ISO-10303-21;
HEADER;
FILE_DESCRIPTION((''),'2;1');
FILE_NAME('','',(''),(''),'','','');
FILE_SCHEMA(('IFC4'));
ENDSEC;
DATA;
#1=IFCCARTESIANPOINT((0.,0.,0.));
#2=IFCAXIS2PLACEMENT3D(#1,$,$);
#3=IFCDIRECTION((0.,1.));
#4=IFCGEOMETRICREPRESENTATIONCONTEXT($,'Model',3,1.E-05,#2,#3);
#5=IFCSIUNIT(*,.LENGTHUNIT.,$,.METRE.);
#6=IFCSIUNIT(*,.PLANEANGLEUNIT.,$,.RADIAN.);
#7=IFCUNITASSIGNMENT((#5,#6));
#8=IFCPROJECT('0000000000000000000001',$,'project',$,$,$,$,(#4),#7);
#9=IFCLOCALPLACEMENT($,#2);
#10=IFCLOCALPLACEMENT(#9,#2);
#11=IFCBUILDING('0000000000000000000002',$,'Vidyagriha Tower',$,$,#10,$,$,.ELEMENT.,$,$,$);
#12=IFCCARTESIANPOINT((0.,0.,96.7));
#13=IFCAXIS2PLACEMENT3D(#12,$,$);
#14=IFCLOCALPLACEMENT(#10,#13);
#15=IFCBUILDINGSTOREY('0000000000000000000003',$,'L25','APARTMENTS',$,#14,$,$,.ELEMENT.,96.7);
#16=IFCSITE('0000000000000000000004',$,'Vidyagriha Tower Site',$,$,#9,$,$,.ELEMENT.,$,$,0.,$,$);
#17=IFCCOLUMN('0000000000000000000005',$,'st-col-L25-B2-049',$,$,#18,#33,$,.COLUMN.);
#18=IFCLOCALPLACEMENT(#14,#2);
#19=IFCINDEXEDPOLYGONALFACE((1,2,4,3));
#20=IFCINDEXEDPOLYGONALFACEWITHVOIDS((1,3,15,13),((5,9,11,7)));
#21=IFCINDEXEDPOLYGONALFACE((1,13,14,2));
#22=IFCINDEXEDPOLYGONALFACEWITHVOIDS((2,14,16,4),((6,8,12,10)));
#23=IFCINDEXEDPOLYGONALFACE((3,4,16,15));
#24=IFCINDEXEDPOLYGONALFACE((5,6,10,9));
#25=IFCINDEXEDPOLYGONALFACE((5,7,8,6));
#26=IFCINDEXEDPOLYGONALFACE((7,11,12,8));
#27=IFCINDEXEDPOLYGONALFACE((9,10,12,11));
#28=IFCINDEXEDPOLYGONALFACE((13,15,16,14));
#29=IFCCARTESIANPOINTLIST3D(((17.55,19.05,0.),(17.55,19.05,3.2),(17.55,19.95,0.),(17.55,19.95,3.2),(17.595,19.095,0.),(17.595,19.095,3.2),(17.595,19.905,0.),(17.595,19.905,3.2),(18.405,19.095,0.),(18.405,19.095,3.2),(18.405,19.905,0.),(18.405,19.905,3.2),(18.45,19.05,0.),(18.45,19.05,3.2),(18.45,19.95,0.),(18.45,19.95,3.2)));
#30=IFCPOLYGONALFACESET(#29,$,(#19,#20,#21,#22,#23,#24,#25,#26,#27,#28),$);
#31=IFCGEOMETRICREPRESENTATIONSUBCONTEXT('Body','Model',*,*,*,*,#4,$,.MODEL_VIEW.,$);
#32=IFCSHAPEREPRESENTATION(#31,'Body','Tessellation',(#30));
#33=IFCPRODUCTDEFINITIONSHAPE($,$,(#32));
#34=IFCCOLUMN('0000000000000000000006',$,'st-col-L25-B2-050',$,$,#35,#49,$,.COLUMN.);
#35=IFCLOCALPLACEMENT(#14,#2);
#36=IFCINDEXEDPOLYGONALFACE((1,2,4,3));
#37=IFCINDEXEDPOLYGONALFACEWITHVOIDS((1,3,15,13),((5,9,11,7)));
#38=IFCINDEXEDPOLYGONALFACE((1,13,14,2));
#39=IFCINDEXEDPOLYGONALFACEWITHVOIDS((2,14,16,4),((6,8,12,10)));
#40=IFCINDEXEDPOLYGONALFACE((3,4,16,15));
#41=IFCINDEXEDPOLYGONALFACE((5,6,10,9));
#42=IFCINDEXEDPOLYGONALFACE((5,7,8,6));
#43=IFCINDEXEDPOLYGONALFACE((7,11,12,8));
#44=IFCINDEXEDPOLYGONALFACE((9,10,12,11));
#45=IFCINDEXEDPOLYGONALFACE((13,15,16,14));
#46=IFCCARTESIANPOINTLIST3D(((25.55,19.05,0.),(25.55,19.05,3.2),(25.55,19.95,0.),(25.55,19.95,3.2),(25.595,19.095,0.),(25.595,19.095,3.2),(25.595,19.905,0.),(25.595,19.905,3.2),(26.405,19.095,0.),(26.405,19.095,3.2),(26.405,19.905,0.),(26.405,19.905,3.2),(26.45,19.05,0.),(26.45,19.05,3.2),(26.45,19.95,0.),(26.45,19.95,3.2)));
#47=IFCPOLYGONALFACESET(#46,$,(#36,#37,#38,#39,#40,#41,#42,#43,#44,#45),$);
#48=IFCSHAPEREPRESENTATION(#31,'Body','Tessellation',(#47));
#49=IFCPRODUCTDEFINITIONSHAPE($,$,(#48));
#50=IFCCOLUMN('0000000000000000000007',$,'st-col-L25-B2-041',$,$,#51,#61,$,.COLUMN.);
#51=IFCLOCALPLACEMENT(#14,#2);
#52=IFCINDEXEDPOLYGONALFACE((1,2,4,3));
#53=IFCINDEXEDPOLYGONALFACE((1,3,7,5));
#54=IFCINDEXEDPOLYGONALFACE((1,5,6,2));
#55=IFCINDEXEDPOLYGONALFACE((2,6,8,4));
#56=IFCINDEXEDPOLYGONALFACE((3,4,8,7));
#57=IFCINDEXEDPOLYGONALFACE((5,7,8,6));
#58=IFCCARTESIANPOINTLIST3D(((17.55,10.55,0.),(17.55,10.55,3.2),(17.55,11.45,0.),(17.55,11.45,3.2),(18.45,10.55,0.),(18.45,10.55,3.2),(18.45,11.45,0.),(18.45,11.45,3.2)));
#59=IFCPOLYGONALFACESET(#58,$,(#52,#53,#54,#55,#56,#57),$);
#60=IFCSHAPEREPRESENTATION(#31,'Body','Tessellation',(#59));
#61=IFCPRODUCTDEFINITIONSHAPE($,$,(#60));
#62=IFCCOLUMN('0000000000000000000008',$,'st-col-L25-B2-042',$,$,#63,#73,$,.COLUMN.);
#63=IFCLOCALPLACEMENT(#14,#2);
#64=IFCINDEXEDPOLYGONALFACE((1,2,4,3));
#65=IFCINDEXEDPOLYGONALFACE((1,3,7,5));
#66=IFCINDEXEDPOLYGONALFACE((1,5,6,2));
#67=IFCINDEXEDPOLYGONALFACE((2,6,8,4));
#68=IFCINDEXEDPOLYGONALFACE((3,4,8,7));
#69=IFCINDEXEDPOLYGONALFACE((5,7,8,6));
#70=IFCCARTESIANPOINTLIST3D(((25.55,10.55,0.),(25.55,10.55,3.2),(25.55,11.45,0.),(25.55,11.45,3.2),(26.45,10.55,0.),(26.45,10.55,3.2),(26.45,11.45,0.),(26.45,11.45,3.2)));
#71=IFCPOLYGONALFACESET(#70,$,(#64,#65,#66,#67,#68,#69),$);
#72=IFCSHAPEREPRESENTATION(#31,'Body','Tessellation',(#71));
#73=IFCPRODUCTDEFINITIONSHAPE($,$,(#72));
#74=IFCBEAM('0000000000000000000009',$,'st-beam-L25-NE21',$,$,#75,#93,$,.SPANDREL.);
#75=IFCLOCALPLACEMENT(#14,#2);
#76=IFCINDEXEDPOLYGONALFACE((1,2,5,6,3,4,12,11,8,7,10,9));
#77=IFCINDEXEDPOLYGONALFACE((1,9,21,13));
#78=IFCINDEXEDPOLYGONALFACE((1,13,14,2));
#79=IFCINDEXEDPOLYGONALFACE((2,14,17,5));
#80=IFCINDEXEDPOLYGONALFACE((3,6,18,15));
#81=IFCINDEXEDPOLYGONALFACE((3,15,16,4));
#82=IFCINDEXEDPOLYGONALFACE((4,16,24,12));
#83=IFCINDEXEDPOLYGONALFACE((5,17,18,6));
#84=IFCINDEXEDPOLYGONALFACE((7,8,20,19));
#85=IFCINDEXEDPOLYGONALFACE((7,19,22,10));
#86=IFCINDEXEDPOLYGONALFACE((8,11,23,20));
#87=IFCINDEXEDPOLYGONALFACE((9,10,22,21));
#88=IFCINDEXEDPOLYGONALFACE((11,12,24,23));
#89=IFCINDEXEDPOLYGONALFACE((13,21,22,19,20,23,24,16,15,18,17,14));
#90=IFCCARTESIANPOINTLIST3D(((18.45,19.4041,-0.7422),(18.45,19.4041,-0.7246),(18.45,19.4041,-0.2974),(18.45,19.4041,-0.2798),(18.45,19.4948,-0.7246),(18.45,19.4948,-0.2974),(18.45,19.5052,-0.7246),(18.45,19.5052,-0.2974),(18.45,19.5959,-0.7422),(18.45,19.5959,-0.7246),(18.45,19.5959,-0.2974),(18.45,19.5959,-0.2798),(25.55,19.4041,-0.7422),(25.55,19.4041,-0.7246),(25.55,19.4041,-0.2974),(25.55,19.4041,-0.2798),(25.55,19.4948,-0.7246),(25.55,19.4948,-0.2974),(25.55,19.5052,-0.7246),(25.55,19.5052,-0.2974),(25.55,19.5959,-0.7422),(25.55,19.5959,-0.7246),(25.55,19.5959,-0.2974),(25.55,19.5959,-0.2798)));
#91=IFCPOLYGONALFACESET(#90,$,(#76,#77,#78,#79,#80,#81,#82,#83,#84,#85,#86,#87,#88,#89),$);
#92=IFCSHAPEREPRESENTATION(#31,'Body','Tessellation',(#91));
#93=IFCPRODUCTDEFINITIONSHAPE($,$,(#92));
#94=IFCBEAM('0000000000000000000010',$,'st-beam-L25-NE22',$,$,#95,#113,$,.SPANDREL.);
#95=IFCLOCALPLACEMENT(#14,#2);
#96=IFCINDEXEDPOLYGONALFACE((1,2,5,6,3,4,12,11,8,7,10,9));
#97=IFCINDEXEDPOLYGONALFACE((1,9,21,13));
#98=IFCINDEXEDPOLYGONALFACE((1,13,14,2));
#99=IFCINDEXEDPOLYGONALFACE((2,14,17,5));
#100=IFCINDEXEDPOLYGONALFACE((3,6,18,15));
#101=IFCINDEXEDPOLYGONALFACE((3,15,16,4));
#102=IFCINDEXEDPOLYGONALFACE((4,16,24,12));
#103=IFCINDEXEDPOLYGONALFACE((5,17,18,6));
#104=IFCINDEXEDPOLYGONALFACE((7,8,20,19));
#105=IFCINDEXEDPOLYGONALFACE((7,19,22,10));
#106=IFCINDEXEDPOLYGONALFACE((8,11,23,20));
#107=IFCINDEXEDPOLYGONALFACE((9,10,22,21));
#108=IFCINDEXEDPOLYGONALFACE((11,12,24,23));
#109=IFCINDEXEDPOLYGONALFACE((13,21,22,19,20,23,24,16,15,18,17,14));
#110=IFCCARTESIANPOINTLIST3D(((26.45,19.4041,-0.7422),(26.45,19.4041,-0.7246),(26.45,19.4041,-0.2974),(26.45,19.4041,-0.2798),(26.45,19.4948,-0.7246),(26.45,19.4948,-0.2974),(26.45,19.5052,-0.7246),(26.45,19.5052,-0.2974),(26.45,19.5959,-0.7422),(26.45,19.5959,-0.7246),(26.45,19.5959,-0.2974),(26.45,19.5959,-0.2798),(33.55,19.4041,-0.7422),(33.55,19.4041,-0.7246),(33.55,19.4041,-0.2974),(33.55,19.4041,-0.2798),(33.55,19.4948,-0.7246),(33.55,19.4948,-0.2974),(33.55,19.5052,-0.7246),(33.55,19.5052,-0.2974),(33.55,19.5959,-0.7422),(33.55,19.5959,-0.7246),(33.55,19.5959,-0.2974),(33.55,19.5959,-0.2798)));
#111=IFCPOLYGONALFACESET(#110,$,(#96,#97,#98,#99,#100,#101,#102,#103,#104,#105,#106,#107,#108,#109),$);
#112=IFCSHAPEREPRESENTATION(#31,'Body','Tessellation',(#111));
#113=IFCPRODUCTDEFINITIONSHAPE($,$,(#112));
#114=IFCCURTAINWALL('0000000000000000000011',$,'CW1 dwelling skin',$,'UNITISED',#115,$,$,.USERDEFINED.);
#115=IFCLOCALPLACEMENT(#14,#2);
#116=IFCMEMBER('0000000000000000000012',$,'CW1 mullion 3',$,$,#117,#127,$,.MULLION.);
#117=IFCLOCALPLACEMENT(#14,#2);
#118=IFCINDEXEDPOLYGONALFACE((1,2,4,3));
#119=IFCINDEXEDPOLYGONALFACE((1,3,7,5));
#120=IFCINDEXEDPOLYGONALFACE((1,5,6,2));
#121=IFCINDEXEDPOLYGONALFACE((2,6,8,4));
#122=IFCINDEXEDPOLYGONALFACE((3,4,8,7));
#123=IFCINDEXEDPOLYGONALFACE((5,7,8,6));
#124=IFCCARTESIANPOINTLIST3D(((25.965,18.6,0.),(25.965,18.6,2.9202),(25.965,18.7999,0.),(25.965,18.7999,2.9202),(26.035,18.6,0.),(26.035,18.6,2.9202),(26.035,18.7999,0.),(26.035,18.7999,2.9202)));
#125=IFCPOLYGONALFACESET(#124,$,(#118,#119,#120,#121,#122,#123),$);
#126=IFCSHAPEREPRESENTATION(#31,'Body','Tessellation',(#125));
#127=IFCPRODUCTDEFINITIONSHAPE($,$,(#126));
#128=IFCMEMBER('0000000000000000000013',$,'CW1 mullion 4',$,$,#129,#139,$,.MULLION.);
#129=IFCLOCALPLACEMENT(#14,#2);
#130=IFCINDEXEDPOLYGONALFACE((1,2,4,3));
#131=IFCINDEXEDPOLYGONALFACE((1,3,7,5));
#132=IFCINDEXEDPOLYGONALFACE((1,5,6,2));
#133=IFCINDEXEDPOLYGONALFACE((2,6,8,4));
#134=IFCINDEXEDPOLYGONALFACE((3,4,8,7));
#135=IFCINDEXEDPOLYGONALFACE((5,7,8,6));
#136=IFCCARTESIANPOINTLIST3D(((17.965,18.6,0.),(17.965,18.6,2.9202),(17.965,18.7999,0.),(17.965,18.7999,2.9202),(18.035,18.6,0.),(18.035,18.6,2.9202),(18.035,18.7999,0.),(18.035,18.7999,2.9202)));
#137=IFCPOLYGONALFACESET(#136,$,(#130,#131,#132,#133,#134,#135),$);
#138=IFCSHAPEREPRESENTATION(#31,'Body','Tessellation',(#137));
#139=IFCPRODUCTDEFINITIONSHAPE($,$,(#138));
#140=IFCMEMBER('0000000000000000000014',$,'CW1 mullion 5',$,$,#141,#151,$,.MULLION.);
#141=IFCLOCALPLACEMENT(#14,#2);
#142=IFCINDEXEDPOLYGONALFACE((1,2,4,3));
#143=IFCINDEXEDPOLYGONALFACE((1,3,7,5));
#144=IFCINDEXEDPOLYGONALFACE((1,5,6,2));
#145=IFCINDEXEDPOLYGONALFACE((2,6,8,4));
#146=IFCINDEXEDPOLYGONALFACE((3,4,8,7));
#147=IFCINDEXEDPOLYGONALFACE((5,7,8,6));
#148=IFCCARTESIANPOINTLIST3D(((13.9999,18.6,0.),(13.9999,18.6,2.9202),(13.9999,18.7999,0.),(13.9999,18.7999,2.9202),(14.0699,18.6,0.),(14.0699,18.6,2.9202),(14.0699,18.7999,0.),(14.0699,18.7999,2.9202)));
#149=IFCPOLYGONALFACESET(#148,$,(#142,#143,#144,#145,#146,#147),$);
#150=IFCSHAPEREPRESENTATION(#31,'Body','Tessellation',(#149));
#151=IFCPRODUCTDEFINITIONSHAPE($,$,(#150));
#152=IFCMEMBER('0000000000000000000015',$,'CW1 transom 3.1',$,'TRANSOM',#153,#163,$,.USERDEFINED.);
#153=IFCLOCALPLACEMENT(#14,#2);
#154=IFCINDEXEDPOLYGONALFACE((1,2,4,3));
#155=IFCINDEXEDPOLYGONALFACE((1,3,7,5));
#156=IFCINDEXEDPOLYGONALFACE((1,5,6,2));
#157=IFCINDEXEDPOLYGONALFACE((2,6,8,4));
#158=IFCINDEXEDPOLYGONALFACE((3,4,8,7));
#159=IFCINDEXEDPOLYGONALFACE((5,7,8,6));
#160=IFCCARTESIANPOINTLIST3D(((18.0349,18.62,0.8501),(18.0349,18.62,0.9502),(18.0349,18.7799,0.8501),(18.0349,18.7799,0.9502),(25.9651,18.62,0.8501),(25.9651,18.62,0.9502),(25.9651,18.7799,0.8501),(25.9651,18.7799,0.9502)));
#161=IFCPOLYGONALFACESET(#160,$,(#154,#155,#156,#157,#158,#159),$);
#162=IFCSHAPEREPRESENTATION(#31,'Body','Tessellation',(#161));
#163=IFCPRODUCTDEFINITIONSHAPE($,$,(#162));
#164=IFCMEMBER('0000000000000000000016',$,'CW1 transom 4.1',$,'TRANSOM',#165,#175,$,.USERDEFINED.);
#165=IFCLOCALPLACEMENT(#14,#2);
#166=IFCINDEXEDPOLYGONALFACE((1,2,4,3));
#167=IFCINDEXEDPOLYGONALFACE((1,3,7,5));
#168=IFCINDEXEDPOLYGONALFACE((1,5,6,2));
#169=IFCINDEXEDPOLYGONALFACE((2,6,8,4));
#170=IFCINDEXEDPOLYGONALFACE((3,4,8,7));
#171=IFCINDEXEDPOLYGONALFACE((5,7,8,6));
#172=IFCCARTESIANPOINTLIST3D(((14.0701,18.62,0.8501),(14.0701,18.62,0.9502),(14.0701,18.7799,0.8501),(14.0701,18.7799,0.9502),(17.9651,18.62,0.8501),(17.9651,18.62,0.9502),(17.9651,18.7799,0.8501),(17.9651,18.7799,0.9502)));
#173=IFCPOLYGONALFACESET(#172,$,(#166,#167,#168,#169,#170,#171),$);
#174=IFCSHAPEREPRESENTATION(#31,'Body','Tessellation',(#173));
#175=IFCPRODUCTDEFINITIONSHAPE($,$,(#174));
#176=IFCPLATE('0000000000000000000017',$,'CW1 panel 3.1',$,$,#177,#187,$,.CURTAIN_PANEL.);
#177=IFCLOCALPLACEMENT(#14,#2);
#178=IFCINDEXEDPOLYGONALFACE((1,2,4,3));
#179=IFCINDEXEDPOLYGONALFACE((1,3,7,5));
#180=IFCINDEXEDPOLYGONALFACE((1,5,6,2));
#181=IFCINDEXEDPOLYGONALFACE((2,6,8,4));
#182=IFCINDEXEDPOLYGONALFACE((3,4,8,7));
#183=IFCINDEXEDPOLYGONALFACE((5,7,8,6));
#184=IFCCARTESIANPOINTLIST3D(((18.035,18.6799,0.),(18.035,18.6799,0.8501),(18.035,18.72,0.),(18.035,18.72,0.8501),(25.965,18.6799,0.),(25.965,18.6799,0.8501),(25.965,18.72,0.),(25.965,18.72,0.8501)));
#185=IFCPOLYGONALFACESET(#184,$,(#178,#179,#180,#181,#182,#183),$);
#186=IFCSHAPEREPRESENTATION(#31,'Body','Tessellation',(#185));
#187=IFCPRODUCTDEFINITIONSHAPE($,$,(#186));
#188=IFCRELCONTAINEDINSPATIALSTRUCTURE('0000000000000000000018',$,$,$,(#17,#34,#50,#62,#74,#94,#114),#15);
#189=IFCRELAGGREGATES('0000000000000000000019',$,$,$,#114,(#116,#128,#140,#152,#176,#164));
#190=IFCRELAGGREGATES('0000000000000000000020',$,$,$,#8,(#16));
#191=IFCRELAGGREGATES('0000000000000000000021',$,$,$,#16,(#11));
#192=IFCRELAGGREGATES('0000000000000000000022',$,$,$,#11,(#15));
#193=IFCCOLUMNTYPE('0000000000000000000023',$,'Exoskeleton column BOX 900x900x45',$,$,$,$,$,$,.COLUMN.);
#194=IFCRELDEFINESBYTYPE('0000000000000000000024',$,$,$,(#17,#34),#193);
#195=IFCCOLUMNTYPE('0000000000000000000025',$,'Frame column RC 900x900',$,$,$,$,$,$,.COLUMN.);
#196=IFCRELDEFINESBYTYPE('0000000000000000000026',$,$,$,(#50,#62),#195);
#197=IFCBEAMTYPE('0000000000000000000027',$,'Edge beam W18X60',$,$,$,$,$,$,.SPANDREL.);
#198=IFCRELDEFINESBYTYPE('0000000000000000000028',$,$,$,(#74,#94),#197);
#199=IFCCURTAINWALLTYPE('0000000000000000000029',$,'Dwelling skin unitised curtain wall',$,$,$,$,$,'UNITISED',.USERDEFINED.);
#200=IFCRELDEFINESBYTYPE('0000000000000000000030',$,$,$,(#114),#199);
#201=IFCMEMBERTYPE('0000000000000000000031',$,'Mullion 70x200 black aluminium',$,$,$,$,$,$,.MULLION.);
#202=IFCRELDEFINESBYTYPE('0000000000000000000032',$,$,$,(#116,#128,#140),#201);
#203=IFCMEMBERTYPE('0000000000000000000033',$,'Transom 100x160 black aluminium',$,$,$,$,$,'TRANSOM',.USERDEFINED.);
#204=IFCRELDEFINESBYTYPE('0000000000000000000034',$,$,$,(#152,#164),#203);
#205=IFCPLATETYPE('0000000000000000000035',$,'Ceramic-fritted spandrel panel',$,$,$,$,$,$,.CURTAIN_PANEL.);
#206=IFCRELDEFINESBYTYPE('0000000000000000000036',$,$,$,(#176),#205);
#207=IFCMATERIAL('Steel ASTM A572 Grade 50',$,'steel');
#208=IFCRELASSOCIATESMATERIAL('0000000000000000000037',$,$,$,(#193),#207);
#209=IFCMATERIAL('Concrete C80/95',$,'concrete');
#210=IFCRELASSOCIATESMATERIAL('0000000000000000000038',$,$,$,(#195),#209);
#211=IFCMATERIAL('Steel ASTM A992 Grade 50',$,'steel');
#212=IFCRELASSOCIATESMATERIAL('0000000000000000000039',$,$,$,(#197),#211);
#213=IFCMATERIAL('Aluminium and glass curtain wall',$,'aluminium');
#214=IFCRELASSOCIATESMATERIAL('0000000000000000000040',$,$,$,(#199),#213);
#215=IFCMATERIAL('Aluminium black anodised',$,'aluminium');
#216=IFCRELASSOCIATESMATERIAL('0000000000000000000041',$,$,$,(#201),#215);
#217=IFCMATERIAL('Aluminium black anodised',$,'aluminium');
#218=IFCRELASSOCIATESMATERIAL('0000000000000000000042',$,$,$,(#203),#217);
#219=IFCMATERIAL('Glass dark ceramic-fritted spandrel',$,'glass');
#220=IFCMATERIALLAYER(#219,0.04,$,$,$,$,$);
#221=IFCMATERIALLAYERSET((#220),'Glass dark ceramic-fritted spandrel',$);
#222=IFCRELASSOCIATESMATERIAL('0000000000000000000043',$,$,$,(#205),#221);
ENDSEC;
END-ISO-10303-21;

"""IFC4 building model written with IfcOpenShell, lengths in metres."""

from ifc_helpers import new_model, si_unit, direction, frame, origin, origin_2d, place, context, subcontext, project, spatial, rectangle, hollow_rectangle, i_section, extrude, material, layer, layer_set, material_profile, profile_set, type_object, element, aggregate, save


model = new_model("IFC4")

# Units and contexts
model_context = context("Model", 3, precision=1e-05, world=origin(), true_north=direction((0.0, 1.0)))
body_context = subcontext(model_context, "Body", "Model", "MODEL_VIEW")
ifc_project = project(units=[si_unit("LENGTHUNIT", "METRE"), si_unit("PLANEANGLEUNIT", "RADIAN")], contexts=[model_context])

# Site, building, storey
site_placement = place(None, origin())
site = spatial("IfcSite", under=ifc_project, at=site_placement, Name="Vidyagriha Tower Site", CompositionType="ELEMENT", RefElevation=0.0)
building_placement = place(site_placement, origin())
building = spatial("IfcBuilding", under=site, at=building_placement, Name="Vidyagriha Tower", CompositionType="ELEMENT")
storey_placement = place(building_placement, frame((0.0, 0.0, 96.7)))
storey = spatial("IfcBuildingStorey", under=building, at=storey_placement, Name="L25", Description="APARTMENTS", CompositionType="ELEMENT", Elevation=96.7)

# Columns
ifc_material_1 = material(Name="Steel ASTM A572 Grade 50", Category="steel")
ifc_material_profile_1 = material_profile(ifc_material_1, hollow_rectangle(XDim=0.8999, YDim=0.8999, WallThickness=0.0449, at=origin_2d()), Name="BOX 900x900x45")
ifc_profile_set_1 = profile_set([ifc_material_profile_1], Name="Steel ASTM A572 Grade 50")
column_type_1 = type_object("IfcColumnType", Name="Exoskeleton column BOX 900x900x45", PredefinedType="COLUMN", material=ifc_profile_set_1)
for number, where, name in (
    (1, (18.0, 19.5, 0.0), "st-col-L25-B2-049"),
    (2, (26.0, 19.5, 0.0), "st-col-L25-B2-050"),
):
    element("IfcColumn", number, at=place(storey_placement, frame(where)), inside=storey, type_object=column_type_1, Name=name, PredefinedType="COLUMN", context=body_context, shape_type="SweptSolid", body=[
        extrude(hollow_rectangle(XDim=0.8999, YDim=0.8999, WallThickness=0.0449, at=origin_2d()), origin(), (0.0, 0.0, 1.0), 3.2),
    ])
ifc_material_2 = material(Name="Concrete C80/95", Category="concrete")
ifc_material_profile_2 = material_profile(ifc_material_2, rectangle(XDim=0.8999, YDim=0.8999, at=origin_2d()), Name="RC 900x900")
ifc_profile_set_2 = profile_set([ifc_material_profile_2], Name="Concrete C80/95")
column_type_2 = type_object("IfcColumnType", Name="Frame column RC 900x900", PredefinedType="COLUMN", material=ifc_profile_set_2)
for number, where, name in (
    (3, (18.0, 11.0, 0.0), "st-col-L25-B2-041"),
    (4, (26.0, 11.0, 0.0), "st-col-L25-B2-042"),
):
    element("IfcColumn", number, at=place(storey_placement, frame(where)), inside=storey, type_object=column_type_2, Name=name, PredefinedType="COLUMN", context=body_context, shape_type="SweptSolid", body=[
        extrude(rectangle(XDim=0.8999, YDim=0.8999, at=origin_2d()), origin(), (0.0, 0.0, 1.0), 3.2),
    ])

# Beams
ifc_material_3 = material(Name="Steel ASTM A992 Grade 50", Category="steel")
ifc_material_profile_3 = material_profile(ifc_material_3, i_section(OverallWidth=0.1919, OverallDepth=0.4624, WebThickness=0.0105, FlangeThickness=0.0176, at=origin_2d()), Name="W18X60")
ifc_profile_set_3 = profile_set([ifc_material_profile_3], Name="Steel ASTM A992 Grade 50")
beam_type = type_object("IfcBeamType", Name="Edge beam W18X60", PredefinedType="SPANDREL", material=ifc_profile_set_3)
for number, where, z_axis, x_axis, name in (
    (5, (18.45, 19.5, -0.511), (1.0, 0.0, 0.0), (0.0, 1.0, 0.0), "st-beam-L25-NE21"),
    (6, (26.45, 19.5, -0.511), (1.0, 0.0, 0.0), (0.0, 1.0, 0.0), "st-beam-L25-NE22"),
):
    element("IfcBeam", number, at=place(storey_placement, frame(where, z_axis=z_axis, x_axis=x_axis)), inside=storey, type_object=beam_type, Name=name, PredefinedType="SPANDREL", context=body_context, shape_type="SweptSolid", body=[
        extrude(i_section(OverallWidth=0.1919, OverallDepth=0.4624, WebThickness=0.0105, FlangeThickness=0.0176, at=origin_2d()), origin(), (0.0, 0.0, 1.0), 7.1001),
    ])

# Curtain wall, members, plate
ifc_material_4 = material(Name="Aluminium and glass curtain wall", Category="aluminium")
curtain_wall_type = type_object("IfcCurtainWallType", Name="Dwelling skin unitised curtain wall", ElementType="UNITISED", PredefinedType="USERDEFINED", material=ifc_material_4)
curtain_wall_placement = place(storey_placement, origin())
curtain_wall = element("IfcCurtainWall", 7, at=curtain_wall_placement, inside=storey, type_object=curtain_wall_type, Name="CW1 dwelling skin", ObjectType="UNITISED", PredefinedType="USERDEFINED")
ifc_material_5 = material(Name="Aluminium black anodised", Category="aluminium")
ifc_material_profile_4 = material_profile(ifc_material_5, rectangle(XDim=0.2, YDim=0.0701, at=origin_2d()), Name="Mullion 70x200 black aluminium")
ifc_profile_set_4 = profile_set([ifc_material_profile_4], Name="Aluminium black anodised")
member_type_1 = type_object("IfcMemberType", Name="Mullion 70x200 black aluminium", PredefinedType="MULLION", material=ifc_profile_set_4)
member_1_placement = place(storey_placement, frame((26.0, 18.7, 0.0), z_axis=(0.0, 0.0, 1.0), x_axis=(0.0, -1.0, 0.0)))
member_1 = element("IfcMember", 8, at=member_1_placement, type_object=member_type_1, Name="CW1 mullion 3", PredefinedType="MULLION", context=body_context, shape_type="SweptSolid", body=[
    extrude(rectangle(XDim=0.2, YDim=0.0701, at=origin_2d()), origin(), (0.0, 0.0, 1.0), 2.9202),
])
member_2_placement = place(storey_placement, frame((18.0, 18.7, 0.0), z_axis=(0.0, 0.0, 1.0), x_axis=(0.0, -1.0, 0.0)))
member_2 = element("IfcMember", 9, at=member_2_placement, type_object=member_type_1, Name="CW1 mullion 4", PredefinedType="MULLION", context=body_context, shape_type="SweptSolid", body=[
    extrude(rectangle(XDim=0.2, YDim=0.0701, at=origin_2d()), origin(), (0.0, 0.0, 1.0), 2.9202),
])
member_3_placement = place(storey_placement, frame((14.0349, 18.7, 0.0), z_axis=(0.0, 0.0, 1.0), x_axis=(0.0, -1.0, 0.0)))
member_3 = element("IfcMember", 10, at=member_3_placement, type_object=member_type_1, Name="CW1 mullion 5", PredefinedType="MULLION", context=body_context, shape_type="SweptSolid", body=[
    extrude(rectangle(XDim=0.2, YDim=0.0701, at=origin_2d()), origin(), (0.0, 0.0, 1.0), 2.9202),
])
ifc_material_6 = material(Name="Aluminium black anodised", Category="aluminium")
ifc_material_profile_5 = material_profile(ifc_material_6, rectangle(XDim=0.1599, YDim=0.1001, at=origin_2d()), Name="Transom 100x160 black aluminium")
ifc_profile_set_5 = profile_set([ifc_material_profile_5], Name="Aluminium black anodised")
member_type_2 = type_object("IfcMemberType", Name="Transom 100x160 black aluminium", ElementType="TRANSOM", PredefinedType="USERDEFINED", material=ifc_profile_set_5)
member_4_placement = place(storey_placement, frame((25.9651, 18.7, 0.9001), z_axis=(-1.0, 0.0, 0.0), x_axis=(0.0, -1.0, 0.0)))
member_4 = element("IfcMember", 11, at=member_4_placement, type_object=member_type_2, Name="CW1 transom 3.1", ObjectType="TRANSOM", PredefinedType="USERDEFINED", context=body_context, shape_type="SweptSolid", body=[
    extrude(rectangle(XDim=0.1599, YDim=0.1001, at=origin_2d()), origin(), (0.0, 0.0, 1.0), 7.9302),
])
member_5_placement = place(storey_placement, frame((17.9651, 18.7, 0.9001), z_axis=(-1.0, 0.0, 0.0), x_axis=(0.0, -1.0, 0.0)))
member_5 = element("IfcMember", 12, at=member_5_placement, type_object=member_type_2, Name="CW1 transom 4.1", ObjectType="TRANSOM", PredefinedType="USERDEFINED", context=body_context, shape_type="SweptSolid", body=[
    extrude(rectangle(XDim=0.1599, YDim=0.1001, at=origin_2d()), origin(), (0.0, 0.0, 1.0), 3.895),
])
ifc_material_7 = material(Name="Glass dark ceramic-fritted spandrel", Category="glass")
ifc_layer_1 = layer(ifc_material_7, 0.04)
ifc_layer_set_1 = layer_set([ifc_layer_1], Name="Glass dark ceramic-fritted spandrel")
plate_type_1 = type_object("IfcPlateType", Name="Ceramic-fritted spandrel panel", PredefinedType="CURTAIN_PANEL", material=ifc_layer_set_1)
plate_1_placement = place(storey_placement, frame((22.0, 18.7, 0.0), z_axis=(0.0, 0.0, 1.0), x_axis=(-1.0, 0.0, 0.0)))
plate_1 = element("IfcPlate", 13, at=plate_1_placement, type_object=plate_type_1, Name="CW1 panel 3.1", PredefinedType="CURTAIN_PANEL", context=body_context, shape_type="SweptSolid", body=[
    extrude(rectangle(XDim=7.9299, YDim=0.04, at=origin_2d()), origin(), (0.0, 0.0, 1.0), 0.8501),
])
aggregate(curtain_wall, [member_1, member_2, member_3, member_4, plate_1, member_5])

save(model, "model.ifc")
